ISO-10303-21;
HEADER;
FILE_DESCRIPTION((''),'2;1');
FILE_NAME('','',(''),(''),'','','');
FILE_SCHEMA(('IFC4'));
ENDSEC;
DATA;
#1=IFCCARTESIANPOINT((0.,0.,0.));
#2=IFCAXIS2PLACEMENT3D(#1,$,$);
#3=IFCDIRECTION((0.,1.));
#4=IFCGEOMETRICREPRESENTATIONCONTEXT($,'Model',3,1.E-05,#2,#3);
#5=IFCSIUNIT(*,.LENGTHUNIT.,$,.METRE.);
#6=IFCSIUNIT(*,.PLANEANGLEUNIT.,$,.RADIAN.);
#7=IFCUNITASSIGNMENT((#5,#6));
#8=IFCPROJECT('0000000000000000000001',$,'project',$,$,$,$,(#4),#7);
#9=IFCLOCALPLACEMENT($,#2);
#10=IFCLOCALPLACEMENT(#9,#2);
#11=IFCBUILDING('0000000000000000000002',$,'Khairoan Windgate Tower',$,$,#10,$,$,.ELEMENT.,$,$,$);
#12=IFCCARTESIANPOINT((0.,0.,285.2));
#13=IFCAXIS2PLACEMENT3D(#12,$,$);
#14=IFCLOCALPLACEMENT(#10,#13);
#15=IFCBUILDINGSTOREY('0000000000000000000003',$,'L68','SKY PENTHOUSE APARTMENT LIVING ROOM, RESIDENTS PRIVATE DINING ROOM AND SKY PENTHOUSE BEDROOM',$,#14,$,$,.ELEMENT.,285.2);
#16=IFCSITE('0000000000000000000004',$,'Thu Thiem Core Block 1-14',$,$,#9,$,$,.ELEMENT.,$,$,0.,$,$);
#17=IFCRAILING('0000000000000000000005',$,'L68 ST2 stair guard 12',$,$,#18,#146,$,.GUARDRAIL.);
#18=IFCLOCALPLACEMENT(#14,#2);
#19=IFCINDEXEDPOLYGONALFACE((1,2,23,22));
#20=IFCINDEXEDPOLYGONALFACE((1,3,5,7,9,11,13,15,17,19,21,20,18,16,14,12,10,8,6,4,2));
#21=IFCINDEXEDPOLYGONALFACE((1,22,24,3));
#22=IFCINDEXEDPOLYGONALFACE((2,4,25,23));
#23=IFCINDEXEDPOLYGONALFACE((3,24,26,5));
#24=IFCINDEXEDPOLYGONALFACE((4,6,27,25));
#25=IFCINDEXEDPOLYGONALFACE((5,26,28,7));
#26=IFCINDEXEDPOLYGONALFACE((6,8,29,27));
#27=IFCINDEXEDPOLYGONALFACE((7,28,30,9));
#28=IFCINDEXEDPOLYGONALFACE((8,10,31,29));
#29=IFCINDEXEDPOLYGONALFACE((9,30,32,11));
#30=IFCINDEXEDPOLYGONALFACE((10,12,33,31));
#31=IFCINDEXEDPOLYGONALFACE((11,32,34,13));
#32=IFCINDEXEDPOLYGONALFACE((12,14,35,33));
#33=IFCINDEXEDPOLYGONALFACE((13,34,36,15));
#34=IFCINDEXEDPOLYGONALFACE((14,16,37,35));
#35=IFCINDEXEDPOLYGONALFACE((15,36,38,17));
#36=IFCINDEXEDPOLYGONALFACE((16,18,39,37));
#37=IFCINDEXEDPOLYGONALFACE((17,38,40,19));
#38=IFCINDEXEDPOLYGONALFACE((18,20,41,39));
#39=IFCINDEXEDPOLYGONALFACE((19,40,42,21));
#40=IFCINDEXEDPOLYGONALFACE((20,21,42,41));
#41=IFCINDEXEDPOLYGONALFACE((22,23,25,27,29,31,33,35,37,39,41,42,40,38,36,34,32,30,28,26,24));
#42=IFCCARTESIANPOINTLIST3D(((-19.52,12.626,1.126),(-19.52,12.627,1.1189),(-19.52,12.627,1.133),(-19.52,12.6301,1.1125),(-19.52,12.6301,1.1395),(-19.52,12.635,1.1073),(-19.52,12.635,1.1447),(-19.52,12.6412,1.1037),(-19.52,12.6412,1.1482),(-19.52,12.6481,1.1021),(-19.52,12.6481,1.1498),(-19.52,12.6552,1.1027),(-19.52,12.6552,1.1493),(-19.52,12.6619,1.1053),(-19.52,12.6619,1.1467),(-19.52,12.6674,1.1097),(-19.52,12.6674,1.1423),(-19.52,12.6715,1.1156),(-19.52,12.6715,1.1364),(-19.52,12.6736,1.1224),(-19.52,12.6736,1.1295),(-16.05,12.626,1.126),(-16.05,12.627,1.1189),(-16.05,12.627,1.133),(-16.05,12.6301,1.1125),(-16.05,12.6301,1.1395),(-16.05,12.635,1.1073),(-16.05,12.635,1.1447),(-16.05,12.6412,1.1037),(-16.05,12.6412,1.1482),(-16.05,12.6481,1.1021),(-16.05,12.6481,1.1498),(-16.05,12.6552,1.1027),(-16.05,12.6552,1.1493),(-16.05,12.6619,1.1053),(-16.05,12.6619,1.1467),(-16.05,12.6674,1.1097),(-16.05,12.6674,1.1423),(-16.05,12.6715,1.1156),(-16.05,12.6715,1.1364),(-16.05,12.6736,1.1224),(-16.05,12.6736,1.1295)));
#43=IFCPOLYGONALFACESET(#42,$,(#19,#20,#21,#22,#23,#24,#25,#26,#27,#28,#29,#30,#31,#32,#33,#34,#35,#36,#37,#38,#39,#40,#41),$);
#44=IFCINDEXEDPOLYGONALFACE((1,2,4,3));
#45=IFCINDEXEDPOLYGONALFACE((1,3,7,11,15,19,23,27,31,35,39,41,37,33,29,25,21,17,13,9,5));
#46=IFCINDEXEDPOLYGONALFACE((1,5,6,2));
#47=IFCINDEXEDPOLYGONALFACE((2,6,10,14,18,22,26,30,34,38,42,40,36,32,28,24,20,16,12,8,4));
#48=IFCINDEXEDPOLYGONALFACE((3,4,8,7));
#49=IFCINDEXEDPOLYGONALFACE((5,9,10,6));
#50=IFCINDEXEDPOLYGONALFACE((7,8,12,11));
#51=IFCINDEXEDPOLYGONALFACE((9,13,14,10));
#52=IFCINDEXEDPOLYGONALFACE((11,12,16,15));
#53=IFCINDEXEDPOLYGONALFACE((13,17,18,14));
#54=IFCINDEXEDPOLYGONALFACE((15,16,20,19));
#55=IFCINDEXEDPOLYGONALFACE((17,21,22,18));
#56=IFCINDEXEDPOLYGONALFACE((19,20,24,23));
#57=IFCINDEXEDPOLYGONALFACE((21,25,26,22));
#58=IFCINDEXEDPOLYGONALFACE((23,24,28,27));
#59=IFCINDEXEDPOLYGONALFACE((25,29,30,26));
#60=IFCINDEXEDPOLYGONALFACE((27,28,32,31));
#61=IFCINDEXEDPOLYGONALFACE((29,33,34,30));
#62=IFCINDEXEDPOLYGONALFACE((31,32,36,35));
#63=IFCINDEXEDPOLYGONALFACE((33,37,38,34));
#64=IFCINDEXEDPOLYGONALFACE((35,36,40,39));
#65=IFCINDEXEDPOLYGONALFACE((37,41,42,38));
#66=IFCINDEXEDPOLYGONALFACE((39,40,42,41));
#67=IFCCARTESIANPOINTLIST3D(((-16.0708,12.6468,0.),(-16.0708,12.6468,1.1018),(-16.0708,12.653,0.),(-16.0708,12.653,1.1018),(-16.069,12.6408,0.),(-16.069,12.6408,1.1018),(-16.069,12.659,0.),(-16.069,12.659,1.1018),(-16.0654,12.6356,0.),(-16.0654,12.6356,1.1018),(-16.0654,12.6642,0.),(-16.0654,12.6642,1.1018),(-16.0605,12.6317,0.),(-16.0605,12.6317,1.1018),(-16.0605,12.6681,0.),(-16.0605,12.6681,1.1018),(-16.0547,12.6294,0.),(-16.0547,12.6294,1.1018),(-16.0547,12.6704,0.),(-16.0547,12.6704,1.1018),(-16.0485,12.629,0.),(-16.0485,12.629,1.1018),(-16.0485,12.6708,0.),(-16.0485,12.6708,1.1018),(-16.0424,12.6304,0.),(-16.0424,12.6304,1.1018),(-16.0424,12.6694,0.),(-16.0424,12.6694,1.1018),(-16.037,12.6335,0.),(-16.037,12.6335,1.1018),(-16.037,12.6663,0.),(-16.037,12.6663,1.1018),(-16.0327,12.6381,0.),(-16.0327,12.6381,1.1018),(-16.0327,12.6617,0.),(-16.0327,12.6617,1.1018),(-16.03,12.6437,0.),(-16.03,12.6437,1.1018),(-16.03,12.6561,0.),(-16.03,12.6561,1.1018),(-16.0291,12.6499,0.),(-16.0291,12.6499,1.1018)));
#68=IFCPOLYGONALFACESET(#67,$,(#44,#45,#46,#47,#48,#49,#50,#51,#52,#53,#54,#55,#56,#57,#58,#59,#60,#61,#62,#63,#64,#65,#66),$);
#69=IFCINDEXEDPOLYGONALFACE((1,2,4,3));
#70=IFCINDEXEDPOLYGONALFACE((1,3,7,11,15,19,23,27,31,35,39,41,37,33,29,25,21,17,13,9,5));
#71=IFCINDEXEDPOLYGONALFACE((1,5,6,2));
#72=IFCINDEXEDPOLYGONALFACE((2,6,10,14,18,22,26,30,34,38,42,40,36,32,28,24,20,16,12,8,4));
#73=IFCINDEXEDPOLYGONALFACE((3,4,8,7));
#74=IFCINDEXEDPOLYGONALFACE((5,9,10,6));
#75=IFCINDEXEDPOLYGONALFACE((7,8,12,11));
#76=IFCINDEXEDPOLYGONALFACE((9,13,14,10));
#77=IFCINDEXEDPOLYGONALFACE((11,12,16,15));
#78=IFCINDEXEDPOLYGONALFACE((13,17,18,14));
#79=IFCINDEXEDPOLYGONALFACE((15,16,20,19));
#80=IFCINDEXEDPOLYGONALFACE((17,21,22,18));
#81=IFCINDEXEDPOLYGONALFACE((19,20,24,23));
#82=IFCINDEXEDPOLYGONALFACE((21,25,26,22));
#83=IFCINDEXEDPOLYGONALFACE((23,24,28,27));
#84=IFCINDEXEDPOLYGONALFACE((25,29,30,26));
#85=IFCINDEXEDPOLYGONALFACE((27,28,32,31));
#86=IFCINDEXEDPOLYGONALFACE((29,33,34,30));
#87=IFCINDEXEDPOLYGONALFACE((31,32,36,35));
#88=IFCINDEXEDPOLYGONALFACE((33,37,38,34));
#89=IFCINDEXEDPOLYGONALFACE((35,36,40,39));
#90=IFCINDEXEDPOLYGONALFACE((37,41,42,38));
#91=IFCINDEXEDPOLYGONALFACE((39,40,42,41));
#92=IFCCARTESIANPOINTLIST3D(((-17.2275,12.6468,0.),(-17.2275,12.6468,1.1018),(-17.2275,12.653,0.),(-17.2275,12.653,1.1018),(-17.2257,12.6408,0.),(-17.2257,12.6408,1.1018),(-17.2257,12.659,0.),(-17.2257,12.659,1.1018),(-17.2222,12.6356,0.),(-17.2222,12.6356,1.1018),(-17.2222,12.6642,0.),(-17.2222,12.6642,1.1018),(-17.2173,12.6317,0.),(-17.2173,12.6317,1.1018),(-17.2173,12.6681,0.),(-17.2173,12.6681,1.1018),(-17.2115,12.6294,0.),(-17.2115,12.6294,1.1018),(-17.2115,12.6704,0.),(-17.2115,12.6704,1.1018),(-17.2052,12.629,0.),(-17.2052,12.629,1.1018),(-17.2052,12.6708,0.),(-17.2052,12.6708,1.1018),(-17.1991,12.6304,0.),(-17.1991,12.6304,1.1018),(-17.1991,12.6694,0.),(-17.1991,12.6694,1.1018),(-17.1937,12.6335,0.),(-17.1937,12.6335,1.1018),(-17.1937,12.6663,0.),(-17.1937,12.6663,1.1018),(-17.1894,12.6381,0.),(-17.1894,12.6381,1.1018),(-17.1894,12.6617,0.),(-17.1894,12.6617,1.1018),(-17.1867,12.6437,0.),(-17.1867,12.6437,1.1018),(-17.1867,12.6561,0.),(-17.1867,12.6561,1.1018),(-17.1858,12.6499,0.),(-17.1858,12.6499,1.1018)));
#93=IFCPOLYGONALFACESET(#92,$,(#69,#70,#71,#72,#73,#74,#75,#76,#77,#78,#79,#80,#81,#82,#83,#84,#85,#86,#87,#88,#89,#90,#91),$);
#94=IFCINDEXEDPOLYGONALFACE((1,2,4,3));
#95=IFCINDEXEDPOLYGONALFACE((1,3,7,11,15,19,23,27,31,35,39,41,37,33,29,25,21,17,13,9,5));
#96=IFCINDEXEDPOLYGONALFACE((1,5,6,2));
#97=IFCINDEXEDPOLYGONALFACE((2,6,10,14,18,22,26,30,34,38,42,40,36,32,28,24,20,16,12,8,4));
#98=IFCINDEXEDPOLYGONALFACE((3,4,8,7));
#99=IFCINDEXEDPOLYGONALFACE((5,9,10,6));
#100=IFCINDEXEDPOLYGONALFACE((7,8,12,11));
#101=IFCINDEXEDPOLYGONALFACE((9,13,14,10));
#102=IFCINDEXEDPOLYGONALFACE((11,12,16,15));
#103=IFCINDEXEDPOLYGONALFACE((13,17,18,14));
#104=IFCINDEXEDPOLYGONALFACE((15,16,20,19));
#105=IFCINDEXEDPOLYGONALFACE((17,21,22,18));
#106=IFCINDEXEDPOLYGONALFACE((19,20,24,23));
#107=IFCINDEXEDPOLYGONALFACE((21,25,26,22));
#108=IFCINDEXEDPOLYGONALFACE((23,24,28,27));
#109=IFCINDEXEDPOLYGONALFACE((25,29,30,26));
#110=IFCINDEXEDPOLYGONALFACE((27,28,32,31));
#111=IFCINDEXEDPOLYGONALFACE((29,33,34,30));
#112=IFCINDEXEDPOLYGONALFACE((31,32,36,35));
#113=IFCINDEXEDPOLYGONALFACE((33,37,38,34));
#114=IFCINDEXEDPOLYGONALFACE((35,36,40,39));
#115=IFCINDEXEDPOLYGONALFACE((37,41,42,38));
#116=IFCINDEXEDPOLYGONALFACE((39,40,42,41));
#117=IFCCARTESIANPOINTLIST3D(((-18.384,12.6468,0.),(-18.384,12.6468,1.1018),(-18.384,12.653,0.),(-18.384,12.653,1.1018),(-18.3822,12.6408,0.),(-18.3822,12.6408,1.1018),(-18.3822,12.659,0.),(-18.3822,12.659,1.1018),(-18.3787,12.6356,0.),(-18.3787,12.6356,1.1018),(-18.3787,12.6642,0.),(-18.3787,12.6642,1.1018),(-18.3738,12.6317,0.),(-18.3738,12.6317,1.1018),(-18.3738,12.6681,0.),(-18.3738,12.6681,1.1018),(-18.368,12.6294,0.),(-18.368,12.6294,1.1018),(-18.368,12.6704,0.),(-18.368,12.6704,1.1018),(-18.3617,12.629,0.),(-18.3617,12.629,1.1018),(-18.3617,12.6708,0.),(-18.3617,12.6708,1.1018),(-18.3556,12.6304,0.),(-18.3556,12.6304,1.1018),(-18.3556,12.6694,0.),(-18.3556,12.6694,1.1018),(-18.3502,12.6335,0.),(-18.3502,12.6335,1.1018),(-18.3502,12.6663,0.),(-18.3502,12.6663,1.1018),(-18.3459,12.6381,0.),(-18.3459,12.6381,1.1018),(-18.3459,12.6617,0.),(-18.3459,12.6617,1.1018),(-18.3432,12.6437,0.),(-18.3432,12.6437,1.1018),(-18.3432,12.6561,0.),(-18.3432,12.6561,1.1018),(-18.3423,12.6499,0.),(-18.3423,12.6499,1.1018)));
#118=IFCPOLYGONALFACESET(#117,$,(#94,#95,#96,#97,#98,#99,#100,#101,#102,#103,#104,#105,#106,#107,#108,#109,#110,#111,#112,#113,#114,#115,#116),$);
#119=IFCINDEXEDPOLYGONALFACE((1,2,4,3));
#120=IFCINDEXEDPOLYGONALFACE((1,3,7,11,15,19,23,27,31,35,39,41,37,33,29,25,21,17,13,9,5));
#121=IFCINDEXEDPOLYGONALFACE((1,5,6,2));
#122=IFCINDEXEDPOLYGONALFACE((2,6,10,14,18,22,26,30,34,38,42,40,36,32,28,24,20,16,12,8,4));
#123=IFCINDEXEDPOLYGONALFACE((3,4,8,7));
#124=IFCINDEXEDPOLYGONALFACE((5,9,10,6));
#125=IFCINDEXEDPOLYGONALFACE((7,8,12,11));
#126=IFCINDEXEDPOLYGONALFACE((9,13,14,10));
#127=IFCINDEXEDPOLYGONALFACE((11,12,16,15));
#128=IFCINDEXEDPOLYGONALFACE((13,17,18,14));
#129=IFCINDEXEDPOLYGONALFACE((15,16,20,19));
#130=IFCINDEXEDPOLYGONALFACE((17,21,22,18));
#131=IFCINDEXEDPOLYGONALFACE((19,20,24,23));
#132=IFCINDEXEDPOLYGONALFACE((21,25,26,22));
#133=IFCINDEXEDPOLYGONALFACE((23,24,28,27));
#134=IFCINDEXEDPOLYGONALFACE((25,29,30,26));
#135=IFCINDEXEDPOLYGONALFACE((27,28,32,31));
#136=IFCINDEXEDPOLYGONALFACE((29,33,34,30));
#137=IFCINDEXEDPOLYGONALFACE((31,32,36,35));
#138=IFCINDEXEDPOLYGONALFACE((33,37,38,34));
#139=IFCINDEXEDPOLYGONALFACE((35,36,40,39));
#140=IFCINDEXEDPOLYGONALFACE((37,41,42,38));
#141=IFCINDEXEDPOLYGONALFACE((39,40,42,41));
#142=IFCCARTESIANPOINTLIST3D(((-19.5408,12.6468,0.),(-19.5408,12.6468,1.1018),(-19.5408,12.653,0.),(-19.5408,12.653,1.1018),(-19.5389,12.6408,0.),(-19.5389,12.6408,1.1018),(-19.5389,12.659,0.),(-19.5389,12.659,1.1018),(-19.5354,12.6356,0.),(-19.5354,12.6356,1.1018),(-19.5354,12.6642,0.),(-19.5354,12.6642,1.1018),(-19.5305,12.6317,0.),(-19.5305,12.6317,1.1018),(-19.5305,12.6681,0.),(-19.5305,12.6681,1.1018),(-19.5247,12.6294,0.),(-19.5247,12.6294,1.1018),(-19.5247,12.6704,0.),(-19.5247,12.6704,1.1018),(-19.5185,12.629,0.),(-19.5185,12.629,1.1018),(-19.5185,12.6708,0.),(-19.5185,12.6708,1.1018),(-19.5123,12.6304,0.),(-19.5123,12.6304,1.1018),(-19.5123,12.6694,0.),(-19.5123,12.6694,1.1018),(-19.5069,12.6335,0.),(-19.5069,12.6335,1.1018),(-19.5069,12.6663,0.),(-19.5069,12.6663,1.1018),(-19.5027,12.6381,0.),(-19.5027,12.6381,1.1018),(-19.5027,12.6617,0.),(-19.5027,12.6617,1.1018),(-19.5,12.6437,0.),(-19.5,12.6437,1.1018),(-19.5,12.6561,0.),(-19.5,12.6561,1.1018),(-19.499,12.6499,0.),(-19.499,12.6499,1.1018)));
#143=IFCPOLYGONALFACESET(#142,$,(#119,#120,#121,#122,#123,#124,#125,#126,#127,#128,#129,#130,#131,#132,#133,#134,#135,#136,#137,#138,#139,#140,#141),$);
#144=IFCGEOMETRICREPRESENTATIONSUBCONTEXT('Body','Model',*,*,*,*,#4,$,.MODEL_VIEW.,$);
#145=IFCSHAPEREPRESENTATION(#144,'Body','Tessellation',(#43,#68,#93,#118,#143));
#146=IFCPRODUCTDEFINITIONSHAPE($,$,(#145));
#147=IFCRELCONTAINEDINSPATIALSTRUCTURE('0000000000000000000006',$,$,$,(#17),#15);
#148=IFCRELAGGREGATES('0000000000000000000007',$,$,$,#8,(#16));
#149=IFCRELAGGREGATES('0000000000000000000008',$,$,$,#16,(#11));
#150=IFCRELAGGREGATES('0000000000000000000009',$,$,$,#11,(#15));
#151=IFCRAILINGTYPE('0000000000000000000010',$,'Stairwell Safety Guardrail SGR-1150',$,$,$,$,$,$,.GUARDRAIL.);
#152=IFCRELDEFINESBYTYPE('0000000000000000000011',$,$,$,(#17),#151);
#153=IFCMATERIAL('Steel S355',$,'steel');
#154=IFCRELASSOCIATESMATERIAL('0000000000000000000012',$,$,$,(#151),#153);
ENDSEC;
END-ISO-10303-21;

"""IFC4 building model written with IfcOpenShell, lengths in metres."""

from ifc_helpers import new_model, si_unit, direction, frame, origin, origin_2d, place, context, subcontext, project, spatial, circle, extrude, material, type_object, element, save


model = new_model("IFC4")

# Units and contexts
model_context = context("Model", 3, precision=1e-05, world=origin(), true_north=direction((0.0, 1.0)))
body_context = subcontext(model_context, "Body", "Model", "MODEL_VIEW")
ifc_project = project(units=[si_unit("LENGTHUNIT", "METRE"), si_unit("PLANEANGLEUNIT", "RADIAN")], contexts=[model_context])

# Site, building, storey
site_placement = place(None, origin())
site = spatial("IfcSite", under=ifc_project, at=site_placement, Name="Thu Thiem Core Block 1-14", CompositionType="ELEMENT", RefElevation=0.0)
building_placement = place(site_placement, origin())
building = spatial("IfcBuilding", under=site, at=building_placement, Name="Khairoan Windgate Tower", CompositionType="ELEMENT")
storey_placement = place(building_placement, frame((0.0, 0.0, 285.2)))
storey = spatial("IfcBuildingStorey", under=building, at=storey_placement, Name="L68", Description="SKY PENTHOUSE APARTMENT LIVING ROOM, RESIDENTS PRIVATE DINING ROOM AND SKY PENTHOUSE BEDROOM", CompositionType="ELEMENT", Elevation=285.2)

# Railing
ifc_material_1 = material(Name="Steel S355", Category="steel")
railing_type = type_object("IfcRailingType", Name="Stairwell Safety Guardrail SGR-1150", PredefinedType="GUARDRAIL", material=ifc_material_1)
railing_1_placement = place(storey_placement, frame((-16.05, 12.6499, 0.0)))
element("IfcRailing", 1, at=railing_1_placement, inside=storey, type_object=railing_type, Name="L68 ST2 stair guard 12", PredefinedType="GUARDRAIL", context=body_context, shape_type="SweptSolid", body=[
    extrude(circle(Radius=0.0239, at=origin_2d()), frame((0.0, 0.0, 1.126), z_axis=(-1.0, 0.0, 0.0), x_axis=(0.0, -1.0, 0.0)), (0.0, 0.0, 1.0), 3.47),
    extrude(circle(Radius=0.021, at=origin_2d()), origin(), (0.0, 0.0, 1.0), 1.1018),
    extrude(circle(Radius=0.021, at=origin_2d()), frame((-1.1567, 0.0, 0.0)), (0.0, 0.0, 1.0), 1.1018),
    extrude(circle(Radius=0.021, at=origin_2d()), frame((-2.3132, 0.0, 0.0)), (0.0, 0.0, 1.0), 1.1018),
    extrude(circle(Radius=0.021, at=origin_2d()), frame((-3.47, 0.0, 0.0)), (0.0, 0.0, 1.0), 1.1018),
])

save(model, "model.ifc")
